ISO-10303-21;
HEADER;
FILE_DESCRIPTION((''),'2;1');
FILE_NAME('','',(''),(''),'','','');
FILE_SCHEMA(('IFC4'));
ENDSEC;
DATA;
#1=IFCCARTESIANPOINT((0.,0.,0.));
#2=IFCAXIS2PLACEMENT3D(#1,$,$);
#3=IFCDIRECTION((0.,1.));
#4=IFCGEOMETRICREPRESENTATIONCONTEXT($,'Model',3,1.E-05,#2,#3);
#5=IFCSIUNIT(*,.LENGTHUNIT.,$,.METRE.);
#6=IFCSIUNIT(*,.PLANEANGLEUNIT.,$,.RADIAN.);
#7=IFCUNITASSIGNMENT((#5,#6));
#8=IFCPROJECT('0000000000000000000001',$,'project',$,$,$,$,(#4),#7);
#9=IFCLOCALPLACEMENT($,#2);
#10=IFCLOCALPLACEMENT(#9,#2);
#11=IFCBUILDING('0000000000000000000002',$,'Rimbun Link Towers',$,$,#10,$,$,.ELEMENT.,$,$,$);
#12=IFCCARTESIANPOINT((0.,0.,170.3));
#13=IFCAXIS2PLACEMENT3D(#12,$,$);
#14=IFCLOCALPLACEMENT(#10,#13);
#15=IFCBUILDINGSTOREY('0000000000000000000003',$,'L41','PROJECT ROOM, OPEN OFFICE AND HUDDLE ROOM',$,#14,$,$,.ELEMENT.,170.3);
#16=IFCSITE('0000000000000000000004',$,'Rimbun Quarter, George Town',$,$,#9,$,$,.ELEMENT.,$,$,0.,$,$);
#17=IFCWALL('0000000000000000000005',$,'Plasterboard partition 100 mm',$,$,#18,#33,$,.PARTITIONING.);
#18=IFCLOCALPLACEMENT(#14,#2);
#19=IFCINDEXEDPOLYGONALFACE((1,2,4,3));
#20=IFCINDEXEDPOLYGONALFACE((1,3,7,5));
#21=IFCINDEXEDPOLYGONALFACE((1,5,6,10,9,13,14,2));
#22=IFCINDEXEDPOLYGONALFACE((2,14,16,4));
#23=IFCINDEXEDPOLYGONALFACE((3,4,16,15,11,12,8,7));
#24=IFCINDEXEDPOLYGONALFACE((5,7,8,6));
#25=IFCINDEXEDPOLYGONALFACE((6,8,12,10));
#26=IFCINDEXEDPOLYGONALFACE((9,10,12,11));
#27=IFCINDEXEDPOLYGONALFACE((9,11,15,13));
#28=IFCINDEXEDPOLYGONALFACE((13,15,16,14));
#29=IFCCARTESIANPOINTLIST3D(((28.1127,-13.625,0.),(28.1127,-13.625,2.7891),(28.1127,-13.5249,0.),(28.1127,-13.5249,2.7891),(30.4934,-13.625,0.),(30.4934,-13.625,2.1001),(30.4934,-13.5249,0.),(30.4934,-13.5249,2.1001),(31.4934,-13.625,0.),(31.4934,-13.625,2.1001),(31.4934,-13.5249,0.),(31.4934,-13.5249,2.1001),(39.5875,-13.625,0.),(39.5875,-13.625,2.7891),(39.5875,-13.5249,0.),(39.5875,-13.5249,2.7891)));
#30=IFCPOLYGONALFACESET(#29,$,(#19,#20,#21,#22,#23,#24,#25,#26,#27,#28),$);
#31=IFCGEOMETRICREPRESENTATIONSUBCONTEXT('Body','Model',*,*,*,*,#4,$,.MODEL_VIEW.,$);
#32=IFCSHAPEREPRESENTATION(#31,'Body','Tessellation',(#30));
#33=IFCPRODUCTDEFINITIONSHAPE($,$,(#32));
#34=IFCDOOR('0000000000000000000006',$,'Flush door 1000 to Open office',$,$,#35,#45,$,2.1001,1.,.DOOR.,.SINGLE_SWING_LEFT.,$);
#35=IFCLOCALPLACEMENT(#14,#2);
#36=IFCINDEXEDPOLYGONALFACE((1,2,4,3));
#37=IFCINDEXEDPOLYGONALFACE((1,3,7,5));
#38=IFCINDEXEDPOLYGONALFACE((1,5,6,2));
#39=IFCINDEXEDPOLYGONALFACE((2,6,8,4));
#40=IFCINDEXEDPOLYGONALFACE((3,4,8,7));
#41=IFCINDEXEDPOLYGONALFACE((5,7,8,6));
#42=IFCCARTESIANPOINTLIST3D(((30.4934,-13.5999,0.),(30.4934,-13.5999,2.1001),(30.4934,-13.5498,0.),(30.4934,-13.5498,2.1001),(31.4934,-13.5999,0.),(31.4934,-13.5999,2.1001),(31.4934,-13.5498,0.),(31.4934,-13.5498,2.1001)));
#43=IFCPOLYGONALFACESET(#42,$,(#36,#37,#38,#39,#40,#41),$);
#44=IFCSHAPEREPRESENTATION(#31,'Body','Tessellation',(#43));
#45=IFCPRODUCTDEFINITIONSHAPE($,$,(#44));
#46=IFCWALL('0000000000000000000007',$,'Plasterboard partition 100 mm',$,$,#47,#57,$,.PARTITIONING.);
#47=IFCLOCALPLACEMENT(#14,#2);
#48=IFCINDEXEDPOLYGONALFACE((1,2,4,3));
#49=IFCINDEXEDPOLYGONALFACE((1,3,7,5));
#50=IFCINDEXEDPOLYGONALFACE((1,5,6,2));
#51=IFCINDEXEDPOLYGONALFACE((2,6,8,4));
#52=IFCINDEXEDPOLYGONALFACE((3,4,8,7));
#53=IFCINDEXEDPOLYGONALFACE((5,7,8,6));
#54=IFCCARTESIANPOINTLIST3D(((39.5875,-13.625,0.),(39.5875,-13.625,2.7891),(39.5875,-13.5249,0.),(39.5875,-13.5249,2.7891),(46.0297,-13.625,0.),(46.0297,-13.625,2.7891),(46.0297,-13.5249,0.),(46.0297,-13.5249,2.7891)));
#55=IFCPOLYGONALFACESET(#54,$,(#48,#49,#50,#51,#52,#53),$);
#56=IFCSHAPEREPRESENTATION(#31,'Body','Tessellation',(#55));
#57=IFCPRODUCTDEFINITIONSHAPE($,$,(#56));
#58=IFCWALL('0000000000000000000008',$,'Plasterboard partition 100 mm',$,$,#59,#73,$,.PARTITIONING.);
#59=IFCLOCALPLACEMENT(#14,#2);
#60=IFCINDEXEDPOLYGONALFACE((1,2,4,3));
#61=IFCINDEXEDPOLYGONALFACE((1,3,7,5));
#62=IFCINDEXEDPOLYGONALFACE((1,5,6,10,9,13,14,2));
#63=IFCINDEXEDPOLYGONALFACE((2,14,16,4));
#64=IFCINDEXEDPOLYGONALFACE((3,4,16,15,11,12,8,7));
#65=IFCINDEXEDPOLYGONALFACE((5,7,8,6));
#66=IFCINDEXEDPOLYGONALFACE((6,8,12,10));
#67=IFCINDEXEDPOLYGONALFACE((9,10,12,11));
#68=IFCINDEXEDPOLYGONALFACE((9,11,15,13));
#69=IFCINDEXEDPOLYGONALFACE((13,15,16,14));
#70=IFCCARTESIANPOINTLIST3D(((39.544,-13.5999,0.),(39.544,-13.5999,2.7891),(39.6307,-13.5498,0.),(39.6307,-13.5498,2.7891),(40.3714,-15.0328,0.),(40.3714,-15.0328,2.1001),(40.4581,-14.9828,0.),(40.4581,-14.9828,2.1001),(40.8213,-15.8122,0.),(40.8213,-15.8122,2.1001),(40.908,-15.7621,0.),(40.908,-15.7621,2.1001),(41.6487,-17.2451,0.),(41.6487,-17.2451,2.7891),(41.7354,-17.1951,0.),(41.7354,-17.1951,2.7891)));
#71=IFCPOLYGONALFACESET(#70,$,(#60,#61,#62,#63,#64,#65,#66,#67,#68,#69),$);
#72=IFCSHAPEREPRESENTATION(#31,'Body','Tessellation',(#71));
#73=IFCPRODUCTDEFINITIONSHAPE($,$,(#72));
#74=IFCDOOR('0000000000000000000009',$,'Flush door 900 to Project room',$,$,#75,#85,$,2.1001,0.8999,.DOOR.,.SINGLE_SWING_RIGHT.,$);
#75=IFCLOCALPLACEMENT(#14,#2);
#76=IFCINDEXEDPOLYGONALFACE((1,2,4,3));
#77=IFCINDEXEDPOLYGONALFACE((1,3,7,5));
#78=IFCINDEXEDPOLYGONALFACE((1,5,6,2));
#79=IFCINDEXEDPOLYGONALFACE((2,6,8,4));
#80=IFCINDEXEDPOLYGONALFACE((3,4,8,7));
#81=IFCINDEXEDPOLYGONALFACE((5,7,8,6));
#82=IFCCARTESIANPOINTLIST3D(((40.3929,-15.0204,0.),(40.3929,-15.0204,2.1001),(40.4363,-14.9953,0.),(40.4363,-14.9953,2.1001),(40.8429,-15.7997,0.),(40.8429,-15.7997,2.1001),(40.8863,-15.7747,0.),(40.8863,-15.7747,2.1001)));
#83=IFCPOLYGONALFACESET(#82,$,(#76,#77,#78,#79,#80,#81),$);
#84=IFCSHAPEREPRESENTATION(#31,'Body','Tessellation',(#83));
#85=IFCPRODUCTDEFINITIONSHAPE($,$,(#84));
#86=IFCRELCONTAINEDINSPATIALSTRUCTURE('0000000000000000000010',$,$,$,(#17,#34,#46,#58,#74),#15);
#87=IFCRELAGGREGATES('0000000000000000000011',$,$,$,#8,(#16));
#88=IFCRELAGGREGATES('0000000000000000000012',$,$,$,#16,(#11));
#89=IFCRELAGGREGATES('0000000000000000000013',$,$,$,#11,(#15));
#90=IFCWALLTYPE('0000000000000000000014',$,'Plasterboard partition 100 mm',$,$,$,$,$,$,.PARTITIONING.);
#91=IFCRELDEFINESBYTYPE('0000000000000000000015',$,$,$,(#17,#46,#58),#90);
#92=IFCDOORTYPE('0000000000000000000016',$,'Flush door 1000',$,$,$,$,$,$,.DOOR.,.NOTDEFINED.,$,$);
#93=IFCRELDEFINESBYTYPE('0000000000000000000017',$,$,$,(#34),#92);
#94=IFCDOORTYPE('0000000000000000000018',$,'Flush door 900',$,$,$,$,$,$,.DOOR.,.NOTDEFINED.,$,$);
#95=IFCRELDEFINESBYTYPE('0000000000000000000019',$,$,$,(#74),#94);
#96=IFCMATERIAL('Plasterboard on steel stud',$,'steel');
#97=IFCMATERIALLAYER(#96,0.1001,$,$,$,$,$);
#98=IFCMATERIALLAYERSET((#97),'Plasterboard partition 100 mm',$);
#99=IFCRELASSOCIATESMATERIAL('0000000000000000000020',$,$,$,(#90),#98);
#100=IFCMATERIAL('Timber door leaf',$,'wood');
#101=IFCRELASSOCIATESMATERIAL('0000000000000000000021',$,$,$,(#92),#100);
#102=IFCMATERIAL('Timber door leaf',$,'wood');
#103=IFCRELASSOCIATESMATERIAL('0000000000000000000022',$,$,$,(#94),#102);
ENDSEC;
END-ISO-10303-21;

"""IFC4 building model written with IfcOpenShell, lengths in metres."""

from ifc_helpers import new_model, si_unit, direction, frame, frame_2d, origin, place, context, subcontext, project, spatial, rectangle, extrude, material, layer, layer_set, type_object, element, fill, save


model = new_model("IFC4")

# Units and contexts
model_context = context("Model", 3, precision=1e-05, world=origin(), true_north=direction((0.0, 1.0)))
body_context = subcontext(model_context, "Body", "Model", "MODEL_VIEW")
ifc_project = project(units=[si_unit("LENGTHUNIT", "METRE"), si_unit("PLANEANGLEUNIT", "RADIAN")], contexts=[model_context])

# Site, building, storey
site_placement = place(None, origin())
site = spatial("IfcSite", under=ifc_project, at=site_placement, Name="Rimbun Quarter, George Town", CompositionType="ELEMENT", RefElevation=0.0)
building_placement = place(site_placement, origin())
building = spatial("IfcBuilding", under=site, at=building_placement, Name="Rimbun Link Towers", CompositionType="ELEMENT")
storey_placement = place(building_placement, frame((0.0, 0.0, 170.3)))
storey = spatial("IfcBuildingStorey", under=building, at=storey_placement, Name="L41", Description="PROJECT ROOM, OPEN OFFICE AND HUDDLE ROOM", CompositionType="ELEMENT", Elevation=170.3)

# Wall, opening, door
ifc_material_1 = material(Name="Plasterboard on steel stud", Category="steel")
ifc_layer_1 = layer(ifc_material_1, 0.1001)
ifc_layer_set_1 = layer_set([ifc_layer_1], Name="Plasterboard partition 100 mm")
wall_type = type_object("IfcWallType", Name="Plasterboard partition 100 mm", PredefinedType="PARTITIONING", material=ifc_layer_set_1)
wall_1_placement = place(storey_placement, frame((39.5874, -13.575, 0.0), z_axis=(0.0, 0.0, 1.0), x_axis=(-1.0, 0.0, 0.0)))
wall_1 = element("IfcWall", 1, at=wall_1_placement, inside=storey, type_object=wall_type, Name="Plasterboard partition 100 mm", PredefinedType="PARTITIONING", context=body_context, shape_type="SweptSolid", body=[
    extrude(rectangle(XDim=11.4749, YDim=0.1001, at=frame_2d((5.7373, 0.0))), origin(), (0.0, 0.0, 1.0), 2.7891),
])
opening_1_placement = place(wall_1_placement, frame((8.094, 0.0, 0.0)))
opening_1 = element("IfcOpeningElement", 2, at=opening_1_placement, cuts=wall_1, PredefinedType="OPENING", context=body_context, shape_type="SweptSolid", body=[
    extrude(rectangle(XDim=1.0, YDim=2.1001, at=frame_2d((0.5, 1.05))), frame((0.0, 0.0601, 0.0), z_axis=(0.0, -1.0, 0.0), x_axis=(1.0, 0.0, 0.0)), (0.0, 0.0, 1.0), 0.1201),
])
ifc_material_2 = material(Name="Timber door leaf", Category="wood")
door_type_1 = type_object("IfcDoorType", Name="Flush door 1000", OperationType="NOTDEFINED", PredefinedType="DOOR", material=ifc_material_2)
door_1_placement = place(opening_1_placement, origin())
door_1 = element("IfcDoor", 3, at=door_1_placement, inside=storey, type_object=door_type_1, Name="Flush door 1000 to Open office", OperationType="SINGLE_SWING_LEFT", OverallHeight=2.1001, OverallWidth=1.0, PredefinedType="DOOR", context=body_context, shape_type="SweptSolid", body=[
    extrude(rectangle(XDim=1.0, YDim=2.1001, at=frame_2d((0.5, 1.05))), frame((0.0, 0.0249, 0.0), z_axis=(0.0, -1.0, 0.0), x_axis=(1.0, 0.0, 0.0)), (0.0, 0.0, 1.0), 0.05),
])
fill(opening_1, door_1)

# Wall
wall_2_placement = place(storey_placement, frame((39.5874, -13.575, 0.0), z_axis=(0.0, 0.0, 1.0), x_axis=(1.0, 0.0, 0.0)))
element("IfcWall", 4, at=wall_2_placement, inside=storey, type_object=wall_type, Name="Plasterboard partition 100 mm", PredefinedType="PARTITIONING", context=body_context, shape_type="SweptSolid", body=[
    extrude(rectangle(XDim=6.4421, YDim=0.1001, at=frame_2d((3.2212, 0.0))), origin(), (0.0, 0.0, 1.0), 2.7891),
])

# Wall, opening, door
wall_3_placement = place(storey_placement, frame((39.5874, -13.575, 0.0), z_axis=(0.0, 0.0, 1.0), x_axis=(0.500025, -0.866011, 0.0)))
wall_3 = element("IfcWall", 5, at=wall_3_placement, inside=storey, type_object=wall_type, Name="Plasterboard partition 100 mm", PredefinedType="PARTITIONING", context=body_context, shape_type="SweptSolid", body=[
    extrude(rectangle(XDim=4.2092, YDim=0.1001, at=frame_2d((2.1045, 0.0))), origin(), (0.0, 0.0, 1.0), 2.7891),
])
opening_2_placement = place(wall_3_placement, frame((1.6545, 0.0, 0.0)))
opening_2 = element("IfcOpeningElement", 6, at=opening_2_placement, cuts=wall_3, PredefinedType="OPENING", context=body_context, shape_type="SweptSolid", body=[
    extrude(rectangle(XDim=0.8999, YDim=2.1001, at=frame_2d((0.45, 1.05))), frame((0.0, 0.0601, 0.0), z_axis=(0.0, -1.0, 0.0), x_axis=(1.0, 0.0, 0.0)), (0.0, 0.0, 1.0), 0.1201),
])
ifc_material_3 = material(Name="Timber door leaf", Category="wood")
door_type_2 = type_object("IfcDoorType", Name="Flush door 900", OperationType="NOTDEFINED", PredefinedType="DOOR", material=ifc_material_3)
door_2_placement = place(opening_2_placement, origin())
door_2 = element("IfcDoor", 7, at=door_2_placement, inside=storey, type_object=door_type_2, Name="Flush door 900 to Project room", OperationType="SINGLE_SWING_RIGHT", OverallHeight=2.1001, OverallWidth=0.8999, PredefinedType="DOOR", context=body_context, shape_type="SweptSolid", body=[
    extrude(rectangle(XDim=0.8999, YDim=2.1001, at=frame_2d((0.45, 1.05))), frame((0.0, 0.0249, 0.0), z_axis=(0.0, -1.0, 0.0), x_axis=(1.0, 0.0, 0.0)), (0.0, 0.0, 1.0), 0.05),
])
fill(opening_2, door_2)

save(model, "model.ifc")
